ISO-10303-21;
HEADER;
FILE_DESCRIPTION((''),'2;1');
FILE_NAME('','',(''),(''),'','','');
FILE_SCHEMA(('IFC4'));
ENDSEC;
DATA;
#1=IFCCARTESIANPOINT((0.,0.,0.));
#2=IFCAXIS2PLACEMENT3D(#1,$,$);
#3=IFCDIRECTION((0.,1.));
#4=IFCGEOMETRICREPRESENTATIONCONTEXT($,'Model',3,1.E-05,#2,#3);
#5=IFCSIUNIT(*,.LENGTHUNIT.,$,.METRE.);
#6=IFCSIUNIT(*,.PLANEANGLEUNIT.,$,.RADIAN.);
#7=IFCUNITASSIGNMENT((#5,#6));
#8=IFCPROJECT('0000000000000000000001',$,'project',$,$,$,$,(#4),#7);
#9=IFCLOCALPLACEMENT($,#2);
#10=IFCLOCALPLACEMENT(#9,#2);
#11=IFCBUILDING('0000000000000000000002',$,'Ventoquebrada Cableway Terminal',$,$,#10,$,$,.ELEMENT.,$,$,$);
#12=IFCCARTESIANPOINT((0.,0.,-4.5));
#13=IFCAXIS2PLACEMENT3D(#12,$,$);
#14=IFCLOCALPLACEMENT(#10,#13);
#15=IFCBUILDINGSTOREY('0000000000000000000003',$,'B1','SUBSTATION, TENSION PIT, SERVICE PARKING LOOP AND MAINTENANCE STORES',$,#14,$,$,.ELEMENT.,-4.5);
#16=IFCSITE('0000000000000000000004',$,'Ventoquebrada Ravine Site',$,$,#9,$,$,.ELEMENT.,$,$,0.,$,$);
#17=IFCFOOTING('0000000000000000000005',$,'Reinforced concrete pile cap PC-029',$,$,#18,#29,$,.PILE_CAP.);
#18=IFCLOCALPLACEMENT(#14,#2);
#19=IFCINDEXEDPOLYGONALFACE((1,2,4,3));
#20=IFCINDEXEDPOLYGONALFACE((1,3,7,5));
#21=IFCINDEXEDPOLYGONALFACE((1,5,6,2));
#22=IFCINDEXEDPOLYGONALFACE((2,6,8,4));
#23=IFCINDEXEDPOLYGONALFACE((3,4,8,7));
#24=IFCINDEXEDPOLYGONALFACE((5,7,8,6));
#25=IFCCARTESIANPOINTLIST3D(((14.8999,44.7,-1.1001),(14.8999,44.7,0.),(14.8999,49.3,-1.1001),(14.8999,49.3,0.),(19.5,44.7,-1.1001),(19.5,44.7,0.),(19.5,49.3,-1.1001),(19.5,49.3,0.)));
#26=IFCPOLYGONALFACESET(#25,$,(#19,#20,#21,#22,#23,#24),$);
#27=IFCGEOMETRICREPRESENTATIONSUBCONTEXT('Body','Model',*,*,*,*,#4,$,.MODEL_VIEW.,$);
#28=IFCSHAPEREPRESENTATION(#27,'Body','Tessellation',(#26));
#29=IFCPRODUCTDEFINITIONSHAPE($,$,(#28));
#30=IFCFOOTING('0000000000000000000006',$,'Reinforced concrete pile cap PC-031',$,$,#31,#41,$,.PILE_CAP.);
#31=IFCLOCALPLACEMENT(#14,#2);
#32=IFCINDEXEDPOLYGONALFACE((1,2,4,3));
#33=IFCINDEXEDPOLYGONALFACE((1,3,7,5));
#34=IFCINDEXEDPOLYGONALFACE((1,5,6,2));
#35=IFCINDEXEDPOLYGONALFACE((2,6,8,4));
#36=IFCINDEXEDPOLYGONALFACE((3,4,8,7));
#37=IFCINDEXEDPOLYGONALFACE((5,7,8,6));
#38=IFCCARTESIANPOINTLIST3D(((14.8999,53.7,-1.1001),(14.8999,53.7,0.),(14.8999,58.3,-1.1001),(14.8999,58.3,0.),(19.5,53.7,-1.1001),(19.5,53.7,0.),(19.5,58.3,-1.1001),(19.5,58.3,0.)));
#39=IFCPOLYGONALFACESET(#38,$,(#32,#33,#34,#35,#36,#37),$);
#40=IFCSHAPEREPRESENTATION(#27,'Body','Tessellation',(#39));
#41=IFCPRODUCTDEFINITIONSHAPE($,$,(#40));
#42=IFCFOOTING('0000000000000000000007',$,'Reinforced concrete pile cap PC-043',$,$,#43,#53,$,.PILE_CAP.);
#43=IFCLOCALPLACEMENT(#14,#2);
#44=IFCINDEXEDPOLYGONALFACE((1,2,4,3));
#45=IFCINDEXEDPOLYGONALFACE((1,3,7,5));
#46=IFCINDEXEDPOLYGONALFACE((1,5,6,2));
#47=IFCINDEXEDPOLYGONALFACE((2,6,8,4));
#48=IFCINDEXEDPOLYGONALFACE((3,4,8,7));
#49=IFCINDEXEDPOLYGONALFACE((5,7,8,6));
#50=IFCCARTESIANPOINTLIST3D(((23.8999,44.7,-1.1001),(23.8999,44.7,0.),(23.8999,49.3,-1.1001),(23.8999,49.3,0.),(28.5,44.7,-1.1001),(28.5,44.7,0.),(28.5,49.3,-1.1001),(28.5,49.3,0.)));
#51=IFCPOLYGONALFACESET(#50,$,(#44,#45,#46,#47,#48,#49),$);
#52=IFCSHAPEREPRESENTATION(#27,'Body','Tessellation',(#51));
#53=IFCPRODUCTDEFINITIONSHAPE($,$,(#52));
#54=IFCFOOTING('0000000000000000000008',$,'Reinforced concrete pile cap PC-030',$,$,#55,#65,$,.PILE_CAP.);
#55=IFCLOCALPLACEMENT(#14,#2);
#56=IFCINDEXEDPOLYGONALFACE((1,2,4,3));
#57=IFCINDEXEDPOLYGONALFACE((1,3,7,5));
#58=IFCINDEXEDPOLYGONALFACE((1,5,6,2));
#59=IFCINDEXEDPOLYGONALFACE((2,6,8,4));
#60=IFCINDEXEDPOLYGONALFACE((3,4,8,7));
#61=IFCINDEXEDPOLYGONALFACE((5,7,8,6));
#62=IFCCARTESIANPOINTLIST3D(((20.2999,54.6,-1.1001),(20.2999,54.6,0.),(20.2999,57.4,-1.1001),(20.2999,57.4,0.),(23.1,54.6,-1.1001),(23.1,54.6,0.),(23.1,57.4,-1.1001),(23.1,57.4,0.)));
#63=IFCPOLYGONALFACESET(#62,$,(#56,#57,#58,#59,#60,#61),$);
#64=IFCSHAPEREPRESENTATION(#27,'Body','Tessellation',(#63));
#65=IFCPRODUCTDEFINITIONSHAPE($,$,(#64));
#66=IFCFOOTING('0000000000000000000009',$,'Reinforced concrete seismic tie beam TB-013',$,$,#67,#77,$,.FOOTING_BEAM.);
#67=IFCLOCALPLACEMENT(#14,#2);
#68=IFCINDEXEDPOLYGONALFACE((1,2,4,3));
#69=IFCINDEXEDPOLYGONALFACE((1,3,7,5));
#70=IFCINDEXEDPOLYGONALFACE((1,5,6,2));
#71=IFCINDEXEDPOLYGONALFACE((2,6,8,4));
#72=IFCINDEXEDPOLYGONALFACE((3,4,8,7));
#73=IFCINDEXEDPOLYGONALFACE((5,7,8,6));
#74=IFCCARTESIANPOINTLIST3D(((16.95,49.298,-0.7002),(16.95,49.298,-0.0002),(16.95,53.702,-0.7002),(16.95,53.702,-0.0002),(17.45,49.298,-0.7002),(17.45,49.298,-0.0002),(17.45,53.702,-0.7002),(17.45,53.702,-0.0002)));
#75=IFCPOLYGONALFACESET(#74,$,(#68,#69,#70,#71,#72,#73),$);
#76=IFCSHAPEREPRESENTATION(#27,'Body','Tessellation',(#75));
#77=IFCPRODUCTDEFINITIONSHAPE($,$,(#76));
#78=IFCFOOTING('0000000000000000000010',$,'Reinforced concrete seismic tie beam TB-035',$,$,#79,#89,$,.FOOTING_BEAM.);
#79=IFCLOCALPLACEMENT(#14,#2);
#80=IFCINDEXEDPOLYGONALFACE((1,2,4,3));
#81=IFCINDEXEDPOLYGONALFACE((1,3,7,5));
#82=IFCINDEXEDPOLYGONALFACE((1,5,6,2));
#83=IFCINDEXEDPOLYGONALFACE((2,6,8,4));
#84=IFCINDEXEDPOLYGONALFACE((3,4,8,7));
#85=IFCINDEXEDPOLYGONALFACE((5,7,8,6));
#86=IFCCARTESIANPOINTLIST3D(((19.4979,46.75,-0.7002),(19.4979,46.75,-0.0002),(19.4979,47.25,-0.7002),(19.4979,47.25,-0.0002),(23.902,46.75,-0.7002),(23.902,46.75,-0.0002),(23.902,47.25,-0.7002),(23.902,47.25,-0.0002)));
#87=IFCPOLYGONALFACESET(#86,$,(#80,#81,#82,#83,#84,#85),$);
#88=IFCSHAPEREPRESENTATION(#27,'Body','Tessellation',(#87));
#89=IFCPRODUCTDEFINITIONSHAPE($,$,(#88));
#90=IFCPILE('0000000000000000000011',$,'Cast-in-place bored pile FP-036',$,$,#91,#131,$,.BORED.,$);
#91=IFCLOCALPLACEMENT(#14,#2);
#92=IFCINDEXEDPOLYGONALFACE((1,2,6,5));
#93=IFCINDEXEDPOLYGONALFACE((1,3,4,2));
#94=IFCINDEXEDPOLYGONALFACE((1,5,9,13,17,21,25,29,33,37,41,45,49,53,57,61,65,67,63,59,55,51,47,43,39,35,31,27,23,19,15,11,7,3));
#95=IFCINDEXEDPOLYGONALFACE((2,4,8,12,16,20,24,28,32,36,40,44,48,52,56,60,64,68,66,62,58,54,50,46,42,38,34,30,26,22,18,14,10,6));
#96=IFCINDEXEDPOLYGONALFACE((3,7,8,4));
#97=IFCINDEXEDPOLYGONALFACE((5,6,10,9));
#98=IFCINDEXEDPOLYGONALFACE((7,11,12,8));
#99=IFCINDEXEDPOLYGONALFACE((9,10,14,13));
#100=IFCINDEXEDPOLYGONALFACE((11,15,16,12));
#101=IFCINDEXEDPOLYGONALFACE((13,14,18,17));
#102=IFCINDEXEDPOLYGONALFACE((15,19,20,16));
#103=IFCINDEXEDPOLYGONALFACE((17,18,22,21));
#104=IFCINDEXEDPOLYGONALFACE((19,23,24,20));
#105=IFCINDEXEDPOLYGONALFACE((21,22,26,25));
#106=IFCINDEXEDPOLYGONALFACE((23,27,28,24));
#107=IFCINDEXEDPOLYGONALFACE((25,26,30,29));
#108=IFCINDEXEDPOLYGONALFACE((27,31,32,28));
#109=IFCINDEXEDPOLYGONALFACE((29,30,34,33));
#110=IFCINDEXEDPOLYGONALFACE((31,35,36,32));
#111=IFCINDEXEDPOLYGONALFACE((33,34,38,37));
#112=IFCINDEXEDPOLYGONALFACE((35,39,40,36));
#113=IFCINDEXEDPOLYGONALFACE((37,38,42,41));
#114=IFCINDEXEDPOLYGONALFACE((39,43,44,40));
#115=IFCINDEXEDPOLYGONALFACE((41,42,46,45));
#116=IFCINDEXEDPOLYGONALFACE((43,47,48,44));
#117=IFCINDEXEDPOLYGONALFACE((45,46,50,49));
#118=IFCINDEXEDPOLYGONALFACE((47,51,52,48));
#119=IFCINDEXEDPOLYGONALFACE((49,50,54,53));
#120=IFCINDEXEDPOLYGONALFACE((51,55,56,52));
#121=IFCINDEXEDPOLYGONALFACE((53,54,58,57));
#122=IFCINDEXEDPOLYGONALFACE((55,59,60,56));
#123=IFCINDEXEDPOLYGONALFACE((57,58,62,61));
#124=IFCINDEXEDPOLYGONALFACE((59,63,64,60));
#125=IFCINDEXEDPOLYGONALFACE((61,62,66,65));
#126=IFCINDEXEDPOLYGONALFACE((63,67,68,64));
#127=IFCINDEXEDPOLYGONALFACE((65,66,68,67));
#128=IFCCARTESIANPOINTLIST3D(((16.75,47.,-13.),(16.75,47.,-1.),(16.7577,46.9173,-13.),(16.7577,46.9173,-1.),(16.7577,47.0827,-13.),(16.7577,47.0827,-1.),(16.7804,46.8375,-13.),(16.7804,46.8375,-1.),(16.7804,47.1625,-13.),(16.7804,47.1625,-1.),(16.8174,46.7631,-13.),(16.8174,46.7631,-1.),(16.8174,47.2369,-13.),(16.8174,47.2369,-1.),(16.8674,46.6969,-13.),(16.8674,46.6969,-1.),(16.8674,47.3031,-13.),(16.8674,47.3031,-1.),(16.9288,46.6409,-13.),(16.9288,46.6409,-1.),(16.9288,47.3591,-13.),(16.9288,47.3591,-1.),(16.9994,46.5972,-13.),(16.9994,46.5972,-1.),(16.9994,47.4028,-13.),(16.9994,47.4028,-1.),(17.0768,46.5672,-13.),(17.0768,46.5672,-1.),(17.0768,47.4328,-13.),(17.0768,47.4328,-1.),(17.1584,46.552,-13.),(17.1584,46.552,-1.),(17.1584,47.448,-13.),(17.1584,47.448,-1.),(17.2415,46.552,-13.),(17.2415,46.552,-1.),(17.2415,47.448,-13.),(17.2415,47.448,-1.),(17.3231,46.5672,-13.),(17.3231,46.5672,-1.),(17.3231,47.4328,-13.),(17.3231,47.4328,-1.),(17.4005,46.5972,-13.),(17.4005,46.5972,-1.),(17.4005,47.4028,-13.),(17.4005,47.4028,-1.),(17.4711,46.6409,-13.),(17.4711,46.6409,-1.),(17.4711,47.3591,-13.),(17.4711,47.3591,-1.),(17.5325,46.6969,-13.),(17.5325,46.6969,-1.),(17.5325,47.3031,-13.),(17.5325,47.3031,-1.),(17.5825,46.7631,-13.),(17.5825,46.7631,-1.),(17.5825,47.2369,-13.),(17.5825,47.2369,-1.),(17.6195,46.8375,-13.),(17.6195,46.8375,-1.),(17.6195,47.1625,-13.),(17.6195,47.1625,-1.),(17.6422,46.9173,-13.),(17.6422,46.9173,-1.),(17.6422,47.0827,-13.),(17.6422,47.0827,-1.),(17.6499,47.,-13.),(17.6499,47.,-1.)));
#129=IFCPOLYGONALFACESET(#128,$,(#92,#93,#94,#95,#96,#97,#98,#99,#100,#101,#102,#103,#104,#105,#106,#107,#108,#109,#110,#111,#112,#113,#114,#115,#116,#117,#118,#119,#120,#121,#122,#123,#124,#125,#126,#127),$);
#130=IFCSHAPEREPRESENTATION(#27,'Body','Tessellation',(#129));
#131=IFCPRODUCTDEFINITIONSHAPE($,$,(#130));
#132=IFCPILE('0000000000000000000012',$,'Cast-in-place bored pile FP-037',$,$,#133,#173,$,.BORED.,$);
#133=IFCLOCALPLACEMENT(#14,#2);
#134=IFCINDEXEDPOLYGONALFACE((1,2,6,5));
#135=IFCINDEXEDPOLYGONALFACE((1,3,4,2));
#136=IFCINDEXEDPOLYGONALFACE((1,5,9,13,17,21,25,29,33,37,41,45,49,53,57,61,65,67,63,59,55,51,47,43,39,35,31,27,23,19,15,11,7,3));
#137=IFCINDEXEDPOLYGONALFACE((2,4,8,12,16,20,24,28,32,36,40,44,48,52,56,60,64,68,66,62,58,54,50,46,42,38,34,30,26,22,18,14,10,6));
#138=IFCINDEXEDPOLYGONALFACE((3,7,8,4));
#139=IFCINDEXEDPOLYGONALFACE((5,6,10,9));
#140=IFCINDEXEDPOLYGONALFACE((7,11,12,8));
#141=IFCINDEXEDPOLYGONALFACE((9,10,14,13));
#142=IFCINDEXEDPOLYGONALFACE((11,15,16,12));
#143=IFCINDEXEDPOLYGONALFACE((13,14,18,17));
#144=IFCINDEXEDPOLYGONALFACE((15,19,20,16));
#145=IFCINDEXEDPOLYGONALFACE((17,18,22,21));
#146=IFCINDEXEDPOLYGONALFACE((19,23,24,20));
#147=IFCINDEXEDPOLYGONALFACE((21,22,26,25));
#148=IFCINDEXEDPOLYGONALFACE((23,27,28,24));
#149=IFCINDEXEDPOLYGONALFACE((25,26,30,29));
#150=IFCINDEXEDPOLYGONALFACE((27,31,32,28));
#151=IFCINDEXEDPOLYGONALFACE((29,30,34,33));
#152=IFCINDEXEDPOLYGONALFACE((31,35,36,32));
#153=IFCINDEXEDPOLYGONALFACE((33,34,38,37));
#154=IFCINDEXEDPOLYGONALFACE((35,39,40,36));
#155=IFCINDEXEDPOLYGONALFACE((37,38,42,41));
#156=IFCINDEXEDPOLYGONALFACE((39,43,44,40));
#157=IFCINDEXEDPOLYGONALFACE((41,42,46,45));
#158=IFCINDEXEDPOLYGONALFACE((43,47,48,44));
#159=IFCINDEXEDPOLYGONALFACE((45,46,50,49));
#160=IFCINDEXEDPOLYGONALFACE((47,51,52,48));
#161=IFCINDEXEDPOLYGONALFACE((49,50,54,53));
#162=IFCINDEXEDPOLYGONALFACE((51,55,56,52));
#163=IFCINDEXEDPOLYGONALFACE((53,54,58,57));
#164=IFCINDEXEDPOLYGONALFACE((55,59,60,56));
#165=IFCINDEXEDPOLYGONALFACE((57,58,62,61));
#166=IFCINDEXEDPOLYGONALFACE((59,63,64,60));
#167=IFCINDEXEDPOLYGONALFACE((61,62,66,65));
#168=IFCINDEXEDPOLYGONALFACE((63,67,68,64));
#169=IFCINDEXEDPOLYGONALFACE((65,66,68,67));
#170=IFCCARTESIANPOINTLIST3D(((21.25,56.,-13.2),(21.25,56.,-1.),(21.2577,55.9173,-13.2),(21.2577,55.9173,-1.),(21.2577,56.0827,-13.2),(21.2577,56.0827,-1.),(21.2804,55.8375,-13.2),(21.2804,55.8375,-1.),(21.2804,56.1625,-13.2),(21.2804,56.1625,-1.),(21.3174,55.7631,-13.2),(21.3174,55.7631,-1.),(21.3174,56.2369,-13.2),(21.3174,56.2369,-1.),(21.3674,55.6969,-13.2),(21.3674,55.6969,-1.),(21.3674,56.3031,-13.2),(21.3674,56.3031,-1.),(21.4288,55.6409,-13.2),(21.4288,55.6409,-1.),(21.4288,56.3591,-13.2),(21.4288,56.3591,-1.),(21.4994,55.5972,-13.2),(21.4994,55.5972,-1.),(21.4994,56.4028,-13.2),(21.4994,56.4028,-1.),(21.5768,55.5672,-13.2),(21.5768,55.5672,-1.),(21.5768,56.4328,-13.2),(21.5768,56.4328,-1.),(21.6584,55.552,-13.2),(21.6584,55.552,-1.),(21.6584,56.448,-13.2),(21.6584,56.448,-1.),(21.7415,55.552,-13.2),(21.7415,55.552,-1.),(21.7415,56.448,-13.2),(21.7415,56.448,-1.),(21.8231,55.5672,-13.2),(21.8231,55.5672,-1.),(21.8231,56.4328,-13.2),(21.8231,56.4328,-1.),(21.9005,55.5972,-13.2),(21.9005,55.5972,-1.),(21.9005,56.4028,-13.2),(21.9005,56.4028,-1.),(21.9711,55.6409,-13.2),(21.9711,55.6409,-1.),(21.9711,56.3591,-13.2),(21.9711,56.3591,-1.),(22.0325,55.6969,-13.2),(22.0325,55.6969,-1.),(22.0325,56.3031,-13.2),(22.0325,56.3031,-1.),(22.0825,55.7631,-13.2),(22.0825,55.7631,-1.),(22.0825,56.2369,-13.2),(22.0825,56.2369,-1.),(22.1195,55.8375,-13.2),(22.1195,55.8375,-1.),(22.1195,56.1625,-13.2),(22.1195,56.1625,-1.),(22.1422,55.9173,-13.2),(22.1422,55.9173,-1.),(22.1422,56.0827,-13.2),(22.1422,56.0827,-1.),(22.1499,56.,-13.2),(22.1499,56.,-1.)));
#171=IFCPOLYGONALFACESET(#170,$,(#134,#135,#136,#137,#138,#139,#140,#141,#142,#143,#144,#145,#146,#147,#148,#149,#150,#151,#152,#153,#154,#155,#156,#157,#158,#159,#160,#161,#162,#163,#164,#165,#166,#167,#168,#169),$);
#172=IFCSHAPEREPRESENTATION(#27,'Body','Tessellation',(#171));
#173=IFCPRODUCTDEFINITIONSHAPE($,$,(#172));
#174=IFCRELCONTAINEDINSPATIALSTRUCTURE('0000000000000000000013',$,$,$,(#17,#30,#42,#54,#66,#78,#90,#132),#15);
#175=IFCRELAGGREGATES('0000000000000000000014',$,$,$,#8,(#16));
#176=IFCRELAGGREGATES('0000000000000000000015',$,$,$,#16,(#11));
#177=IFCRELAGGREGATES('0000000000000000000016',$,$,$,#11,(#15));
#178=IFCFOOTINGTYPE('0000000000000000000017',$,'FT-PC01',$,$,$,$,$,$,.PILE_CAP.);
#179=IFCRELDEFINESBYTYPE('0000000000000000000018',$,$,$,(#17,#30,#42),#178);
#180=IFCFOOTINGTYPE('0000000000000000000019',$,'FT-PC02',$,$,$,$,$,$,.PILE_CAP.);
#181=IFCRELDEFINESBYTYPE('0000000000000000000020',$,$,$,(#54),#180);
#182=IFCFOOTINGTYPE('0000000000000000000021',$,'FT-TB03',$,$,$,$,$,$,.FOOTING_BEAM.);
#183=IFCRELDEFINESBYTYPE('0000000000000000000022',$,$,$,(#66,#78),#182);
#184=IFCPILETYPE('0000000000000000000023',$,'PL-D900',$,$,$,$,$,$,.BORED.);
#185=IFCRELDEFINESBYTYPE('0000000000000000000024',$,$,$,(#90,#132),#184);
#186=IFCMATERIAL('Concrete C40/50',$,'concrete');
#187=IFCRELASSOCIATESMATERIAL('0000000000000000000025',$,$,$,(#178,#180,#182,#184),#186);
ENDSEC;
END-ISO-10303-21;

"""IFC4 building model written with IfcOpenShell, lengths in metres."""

from ifc_helpers import new_model, si_unit, direction, frame, origin, origin_2d, place, context, subcontext, project, spatial, rectangle, circle, extrude, material, material_profile, profile_set, type_object, element, save


model = new_model("IFC4")

# Units and contexts
model_context = context("Model", 3, precision=1e-05, world=origin(), true_north=direction((0.0, 1.0)))
body_context = subcontext(model_context, "Body", "Model", "MODEL_VIEW")
ifc_project = project(units=[si_unit("LENGTHUNIT", "METRE"), si_unit("PLANEANGLEUNIT", "RADIAN")], contexts=[model_context])

# Site, building, storey
site_placement = place(None, origin())
site = spatial("IfcSite", under=ifc_project, at=site_placement, Name="Ventoquebrada Ravine Site", CompositionType="ELEMENT", RefElevation=0.0)
building_placement = place(site_placement, origin())
building = spatial("IfcBuilding", under=site, at=building_placement, Name="Ventoquebrada Cableway Terminal", CompositionType="ELEMENT")
storey_placement = place(building_placement, frame((0.0, 0.0, -4.5)))
storey = spatial("IfcBuildingStorey", under=building, at=storey_placement, Name="B1", Description="SUBSTATION, TENSION PIT, SERVICE PARKING LOOP AND MAINTENANCE STORES", CompositionType="ELEMENT", Elevation=-4.5)

# Footings
ifc_material = material(Name="Concrete C40/50", Category="concrete")
footing_type_1 = type_object("IfcFootingType", Name="FT-PC01", PredefinedType="PILE_CAP", material=ifc_material)
for number, where, z_axis, x_axis, name in (
    (1, (17.2, 47.0, -1.1001), (0.0, 0.0, 1.0), (1.0, 0.0, 0.0), "Reinforced concrete pile cap PC-029"),
    (2, (17.2, 56.0, -1.1001), (0.0, 0.0, 1.0), (1.0, 0.0, 0.0), "Reinforced concrete pile cap PC-031"),
    (3, (26.2, 47.0, -1.1001), (0.0, 0.0, 1.0), (1.0, 0.0, 0.0), "Reinforced concrete pile cap PC-043"),
):
    element("IfcFooting", number, at=place(storey_placement, frame(where, z_axis=z_axis, x_axis=x_axis)), inside=storey, type_object=footing_type_1, Name=name, PredefinedType="PILE_CAP", context=body_context, shape_type="SweptSolid", body=[
        extrude(rectangle(XDim=4.6001, YDim=4.6001, at=origin_2d()), origin(), (0.0, 0.0, 1.0), 1.1001),
    ])
footing_type_2 = type_object("IfcFootingType", Name="FT-PC02", PredefinedType="PILE_CAP", material=ifc_material)
footing_placement = place(storey_placement, frame((21.7, 56.0, -1.1001), z_axis=(0.0, 0.0, 1.0), x_axis=(1.0, 0.0, 0.0)))
element("IfcFooting", 4, at=footing_placement, inside=storey, type_object=footing_type_2, Name="Reinforced concrete pile cap PC-030", PredefinedType="PILE_CAP", context=body_context, shape_type="SweptSolid", body=[
    extrude(rectangle(XDim=2.8, YDim=2.8, at=origin_2d()), origin(), (0.0, 0.0, 1.0), 1.1001),
])
footing_type_3 = type_object("IfcFootingType", Name="FT-TB03", PredefinedType="FOOTING_BEAM", material=ifc_material)
for number, where, z_axis, x_axis, name in (
    (5, (17.2, 51.5, -0.7002), (0.0, 0.0, 1.0), (0.0, 1.0, 0.0), "Reinforced concrete seismic tie beam TB-013"),
    (6, (21.7, 47.0, -0.7002), (0.0, 0.0, 1.0), (1.0, 0.0, 0.0), "Reinforced concrete seismic tie beam TB-035"),
):
    element("IfcFooting", number, at=place(storey_placement, frame(where, z_axis=z_axis, x_axis=x_axis)), inside=storey, type_object=footing_type_3, Name=name, PredefinedType="FOOTING_BEAM", context=body_context, shape_type="SweptSolid", body=[
        extrude(rectangle(XDim=4.4041, YDim=0.5, at=origin_2d()), origin(), (0.0, 0.0, 1.0), 0.7),
    ])

# Piles
ifc_material_profile_1 = material_profile(ifc_material, circle(Radius=0.45, at=origin_2d()), Name="PILE-D900")
ifc_profile_set_1 = profile_set([ifc_material_profile_1], Name="Concrete C40/50")
pile_type = type_object("IfcPileType", Name="PL-D900", PredefinedType="BORED", material=ifc_profile_set_1)
pile_1_placement = place(storey_placement, frame((17.2, 47.0, -1.0), z_axis=(0.0, 0.0, -1.0), x_axis=(1.0, 0.0, 0.0)))
element("IfcPile", 7, at=pile_1_placement, inside=storey, type_object=pile_type, Name="Cast-in-place bored pile FP-036", PredefinedType="BORED", context=body_context, shape_type="SweptSolid", body=[
    extrude(circle(Radius=0.45, at=origin_2d()), origin(), (0.0, 0.0, 1.0), 12.0),
])
pile_2_placement = place(storey_placement, frame((21.7, 56.0, -1.0), z_axis=(0.0, 0.0, -1.0), x_axis=(1.0, 0.0, 0.0)))
element("IfcPile", 8, at=pile_2_placement, inside=storey, type_object=pile_type, Name="Cast-in-place bored pile FP-037", PredefinedType="BORED", context=body_context, shape_type="SweptSolid", body=[
    extrude(circle(Radius=0.45, at=origin_2d()), origin(), (0.0, 0.0, 1.0), 12.2),
])

save(model, "model.ifc")
